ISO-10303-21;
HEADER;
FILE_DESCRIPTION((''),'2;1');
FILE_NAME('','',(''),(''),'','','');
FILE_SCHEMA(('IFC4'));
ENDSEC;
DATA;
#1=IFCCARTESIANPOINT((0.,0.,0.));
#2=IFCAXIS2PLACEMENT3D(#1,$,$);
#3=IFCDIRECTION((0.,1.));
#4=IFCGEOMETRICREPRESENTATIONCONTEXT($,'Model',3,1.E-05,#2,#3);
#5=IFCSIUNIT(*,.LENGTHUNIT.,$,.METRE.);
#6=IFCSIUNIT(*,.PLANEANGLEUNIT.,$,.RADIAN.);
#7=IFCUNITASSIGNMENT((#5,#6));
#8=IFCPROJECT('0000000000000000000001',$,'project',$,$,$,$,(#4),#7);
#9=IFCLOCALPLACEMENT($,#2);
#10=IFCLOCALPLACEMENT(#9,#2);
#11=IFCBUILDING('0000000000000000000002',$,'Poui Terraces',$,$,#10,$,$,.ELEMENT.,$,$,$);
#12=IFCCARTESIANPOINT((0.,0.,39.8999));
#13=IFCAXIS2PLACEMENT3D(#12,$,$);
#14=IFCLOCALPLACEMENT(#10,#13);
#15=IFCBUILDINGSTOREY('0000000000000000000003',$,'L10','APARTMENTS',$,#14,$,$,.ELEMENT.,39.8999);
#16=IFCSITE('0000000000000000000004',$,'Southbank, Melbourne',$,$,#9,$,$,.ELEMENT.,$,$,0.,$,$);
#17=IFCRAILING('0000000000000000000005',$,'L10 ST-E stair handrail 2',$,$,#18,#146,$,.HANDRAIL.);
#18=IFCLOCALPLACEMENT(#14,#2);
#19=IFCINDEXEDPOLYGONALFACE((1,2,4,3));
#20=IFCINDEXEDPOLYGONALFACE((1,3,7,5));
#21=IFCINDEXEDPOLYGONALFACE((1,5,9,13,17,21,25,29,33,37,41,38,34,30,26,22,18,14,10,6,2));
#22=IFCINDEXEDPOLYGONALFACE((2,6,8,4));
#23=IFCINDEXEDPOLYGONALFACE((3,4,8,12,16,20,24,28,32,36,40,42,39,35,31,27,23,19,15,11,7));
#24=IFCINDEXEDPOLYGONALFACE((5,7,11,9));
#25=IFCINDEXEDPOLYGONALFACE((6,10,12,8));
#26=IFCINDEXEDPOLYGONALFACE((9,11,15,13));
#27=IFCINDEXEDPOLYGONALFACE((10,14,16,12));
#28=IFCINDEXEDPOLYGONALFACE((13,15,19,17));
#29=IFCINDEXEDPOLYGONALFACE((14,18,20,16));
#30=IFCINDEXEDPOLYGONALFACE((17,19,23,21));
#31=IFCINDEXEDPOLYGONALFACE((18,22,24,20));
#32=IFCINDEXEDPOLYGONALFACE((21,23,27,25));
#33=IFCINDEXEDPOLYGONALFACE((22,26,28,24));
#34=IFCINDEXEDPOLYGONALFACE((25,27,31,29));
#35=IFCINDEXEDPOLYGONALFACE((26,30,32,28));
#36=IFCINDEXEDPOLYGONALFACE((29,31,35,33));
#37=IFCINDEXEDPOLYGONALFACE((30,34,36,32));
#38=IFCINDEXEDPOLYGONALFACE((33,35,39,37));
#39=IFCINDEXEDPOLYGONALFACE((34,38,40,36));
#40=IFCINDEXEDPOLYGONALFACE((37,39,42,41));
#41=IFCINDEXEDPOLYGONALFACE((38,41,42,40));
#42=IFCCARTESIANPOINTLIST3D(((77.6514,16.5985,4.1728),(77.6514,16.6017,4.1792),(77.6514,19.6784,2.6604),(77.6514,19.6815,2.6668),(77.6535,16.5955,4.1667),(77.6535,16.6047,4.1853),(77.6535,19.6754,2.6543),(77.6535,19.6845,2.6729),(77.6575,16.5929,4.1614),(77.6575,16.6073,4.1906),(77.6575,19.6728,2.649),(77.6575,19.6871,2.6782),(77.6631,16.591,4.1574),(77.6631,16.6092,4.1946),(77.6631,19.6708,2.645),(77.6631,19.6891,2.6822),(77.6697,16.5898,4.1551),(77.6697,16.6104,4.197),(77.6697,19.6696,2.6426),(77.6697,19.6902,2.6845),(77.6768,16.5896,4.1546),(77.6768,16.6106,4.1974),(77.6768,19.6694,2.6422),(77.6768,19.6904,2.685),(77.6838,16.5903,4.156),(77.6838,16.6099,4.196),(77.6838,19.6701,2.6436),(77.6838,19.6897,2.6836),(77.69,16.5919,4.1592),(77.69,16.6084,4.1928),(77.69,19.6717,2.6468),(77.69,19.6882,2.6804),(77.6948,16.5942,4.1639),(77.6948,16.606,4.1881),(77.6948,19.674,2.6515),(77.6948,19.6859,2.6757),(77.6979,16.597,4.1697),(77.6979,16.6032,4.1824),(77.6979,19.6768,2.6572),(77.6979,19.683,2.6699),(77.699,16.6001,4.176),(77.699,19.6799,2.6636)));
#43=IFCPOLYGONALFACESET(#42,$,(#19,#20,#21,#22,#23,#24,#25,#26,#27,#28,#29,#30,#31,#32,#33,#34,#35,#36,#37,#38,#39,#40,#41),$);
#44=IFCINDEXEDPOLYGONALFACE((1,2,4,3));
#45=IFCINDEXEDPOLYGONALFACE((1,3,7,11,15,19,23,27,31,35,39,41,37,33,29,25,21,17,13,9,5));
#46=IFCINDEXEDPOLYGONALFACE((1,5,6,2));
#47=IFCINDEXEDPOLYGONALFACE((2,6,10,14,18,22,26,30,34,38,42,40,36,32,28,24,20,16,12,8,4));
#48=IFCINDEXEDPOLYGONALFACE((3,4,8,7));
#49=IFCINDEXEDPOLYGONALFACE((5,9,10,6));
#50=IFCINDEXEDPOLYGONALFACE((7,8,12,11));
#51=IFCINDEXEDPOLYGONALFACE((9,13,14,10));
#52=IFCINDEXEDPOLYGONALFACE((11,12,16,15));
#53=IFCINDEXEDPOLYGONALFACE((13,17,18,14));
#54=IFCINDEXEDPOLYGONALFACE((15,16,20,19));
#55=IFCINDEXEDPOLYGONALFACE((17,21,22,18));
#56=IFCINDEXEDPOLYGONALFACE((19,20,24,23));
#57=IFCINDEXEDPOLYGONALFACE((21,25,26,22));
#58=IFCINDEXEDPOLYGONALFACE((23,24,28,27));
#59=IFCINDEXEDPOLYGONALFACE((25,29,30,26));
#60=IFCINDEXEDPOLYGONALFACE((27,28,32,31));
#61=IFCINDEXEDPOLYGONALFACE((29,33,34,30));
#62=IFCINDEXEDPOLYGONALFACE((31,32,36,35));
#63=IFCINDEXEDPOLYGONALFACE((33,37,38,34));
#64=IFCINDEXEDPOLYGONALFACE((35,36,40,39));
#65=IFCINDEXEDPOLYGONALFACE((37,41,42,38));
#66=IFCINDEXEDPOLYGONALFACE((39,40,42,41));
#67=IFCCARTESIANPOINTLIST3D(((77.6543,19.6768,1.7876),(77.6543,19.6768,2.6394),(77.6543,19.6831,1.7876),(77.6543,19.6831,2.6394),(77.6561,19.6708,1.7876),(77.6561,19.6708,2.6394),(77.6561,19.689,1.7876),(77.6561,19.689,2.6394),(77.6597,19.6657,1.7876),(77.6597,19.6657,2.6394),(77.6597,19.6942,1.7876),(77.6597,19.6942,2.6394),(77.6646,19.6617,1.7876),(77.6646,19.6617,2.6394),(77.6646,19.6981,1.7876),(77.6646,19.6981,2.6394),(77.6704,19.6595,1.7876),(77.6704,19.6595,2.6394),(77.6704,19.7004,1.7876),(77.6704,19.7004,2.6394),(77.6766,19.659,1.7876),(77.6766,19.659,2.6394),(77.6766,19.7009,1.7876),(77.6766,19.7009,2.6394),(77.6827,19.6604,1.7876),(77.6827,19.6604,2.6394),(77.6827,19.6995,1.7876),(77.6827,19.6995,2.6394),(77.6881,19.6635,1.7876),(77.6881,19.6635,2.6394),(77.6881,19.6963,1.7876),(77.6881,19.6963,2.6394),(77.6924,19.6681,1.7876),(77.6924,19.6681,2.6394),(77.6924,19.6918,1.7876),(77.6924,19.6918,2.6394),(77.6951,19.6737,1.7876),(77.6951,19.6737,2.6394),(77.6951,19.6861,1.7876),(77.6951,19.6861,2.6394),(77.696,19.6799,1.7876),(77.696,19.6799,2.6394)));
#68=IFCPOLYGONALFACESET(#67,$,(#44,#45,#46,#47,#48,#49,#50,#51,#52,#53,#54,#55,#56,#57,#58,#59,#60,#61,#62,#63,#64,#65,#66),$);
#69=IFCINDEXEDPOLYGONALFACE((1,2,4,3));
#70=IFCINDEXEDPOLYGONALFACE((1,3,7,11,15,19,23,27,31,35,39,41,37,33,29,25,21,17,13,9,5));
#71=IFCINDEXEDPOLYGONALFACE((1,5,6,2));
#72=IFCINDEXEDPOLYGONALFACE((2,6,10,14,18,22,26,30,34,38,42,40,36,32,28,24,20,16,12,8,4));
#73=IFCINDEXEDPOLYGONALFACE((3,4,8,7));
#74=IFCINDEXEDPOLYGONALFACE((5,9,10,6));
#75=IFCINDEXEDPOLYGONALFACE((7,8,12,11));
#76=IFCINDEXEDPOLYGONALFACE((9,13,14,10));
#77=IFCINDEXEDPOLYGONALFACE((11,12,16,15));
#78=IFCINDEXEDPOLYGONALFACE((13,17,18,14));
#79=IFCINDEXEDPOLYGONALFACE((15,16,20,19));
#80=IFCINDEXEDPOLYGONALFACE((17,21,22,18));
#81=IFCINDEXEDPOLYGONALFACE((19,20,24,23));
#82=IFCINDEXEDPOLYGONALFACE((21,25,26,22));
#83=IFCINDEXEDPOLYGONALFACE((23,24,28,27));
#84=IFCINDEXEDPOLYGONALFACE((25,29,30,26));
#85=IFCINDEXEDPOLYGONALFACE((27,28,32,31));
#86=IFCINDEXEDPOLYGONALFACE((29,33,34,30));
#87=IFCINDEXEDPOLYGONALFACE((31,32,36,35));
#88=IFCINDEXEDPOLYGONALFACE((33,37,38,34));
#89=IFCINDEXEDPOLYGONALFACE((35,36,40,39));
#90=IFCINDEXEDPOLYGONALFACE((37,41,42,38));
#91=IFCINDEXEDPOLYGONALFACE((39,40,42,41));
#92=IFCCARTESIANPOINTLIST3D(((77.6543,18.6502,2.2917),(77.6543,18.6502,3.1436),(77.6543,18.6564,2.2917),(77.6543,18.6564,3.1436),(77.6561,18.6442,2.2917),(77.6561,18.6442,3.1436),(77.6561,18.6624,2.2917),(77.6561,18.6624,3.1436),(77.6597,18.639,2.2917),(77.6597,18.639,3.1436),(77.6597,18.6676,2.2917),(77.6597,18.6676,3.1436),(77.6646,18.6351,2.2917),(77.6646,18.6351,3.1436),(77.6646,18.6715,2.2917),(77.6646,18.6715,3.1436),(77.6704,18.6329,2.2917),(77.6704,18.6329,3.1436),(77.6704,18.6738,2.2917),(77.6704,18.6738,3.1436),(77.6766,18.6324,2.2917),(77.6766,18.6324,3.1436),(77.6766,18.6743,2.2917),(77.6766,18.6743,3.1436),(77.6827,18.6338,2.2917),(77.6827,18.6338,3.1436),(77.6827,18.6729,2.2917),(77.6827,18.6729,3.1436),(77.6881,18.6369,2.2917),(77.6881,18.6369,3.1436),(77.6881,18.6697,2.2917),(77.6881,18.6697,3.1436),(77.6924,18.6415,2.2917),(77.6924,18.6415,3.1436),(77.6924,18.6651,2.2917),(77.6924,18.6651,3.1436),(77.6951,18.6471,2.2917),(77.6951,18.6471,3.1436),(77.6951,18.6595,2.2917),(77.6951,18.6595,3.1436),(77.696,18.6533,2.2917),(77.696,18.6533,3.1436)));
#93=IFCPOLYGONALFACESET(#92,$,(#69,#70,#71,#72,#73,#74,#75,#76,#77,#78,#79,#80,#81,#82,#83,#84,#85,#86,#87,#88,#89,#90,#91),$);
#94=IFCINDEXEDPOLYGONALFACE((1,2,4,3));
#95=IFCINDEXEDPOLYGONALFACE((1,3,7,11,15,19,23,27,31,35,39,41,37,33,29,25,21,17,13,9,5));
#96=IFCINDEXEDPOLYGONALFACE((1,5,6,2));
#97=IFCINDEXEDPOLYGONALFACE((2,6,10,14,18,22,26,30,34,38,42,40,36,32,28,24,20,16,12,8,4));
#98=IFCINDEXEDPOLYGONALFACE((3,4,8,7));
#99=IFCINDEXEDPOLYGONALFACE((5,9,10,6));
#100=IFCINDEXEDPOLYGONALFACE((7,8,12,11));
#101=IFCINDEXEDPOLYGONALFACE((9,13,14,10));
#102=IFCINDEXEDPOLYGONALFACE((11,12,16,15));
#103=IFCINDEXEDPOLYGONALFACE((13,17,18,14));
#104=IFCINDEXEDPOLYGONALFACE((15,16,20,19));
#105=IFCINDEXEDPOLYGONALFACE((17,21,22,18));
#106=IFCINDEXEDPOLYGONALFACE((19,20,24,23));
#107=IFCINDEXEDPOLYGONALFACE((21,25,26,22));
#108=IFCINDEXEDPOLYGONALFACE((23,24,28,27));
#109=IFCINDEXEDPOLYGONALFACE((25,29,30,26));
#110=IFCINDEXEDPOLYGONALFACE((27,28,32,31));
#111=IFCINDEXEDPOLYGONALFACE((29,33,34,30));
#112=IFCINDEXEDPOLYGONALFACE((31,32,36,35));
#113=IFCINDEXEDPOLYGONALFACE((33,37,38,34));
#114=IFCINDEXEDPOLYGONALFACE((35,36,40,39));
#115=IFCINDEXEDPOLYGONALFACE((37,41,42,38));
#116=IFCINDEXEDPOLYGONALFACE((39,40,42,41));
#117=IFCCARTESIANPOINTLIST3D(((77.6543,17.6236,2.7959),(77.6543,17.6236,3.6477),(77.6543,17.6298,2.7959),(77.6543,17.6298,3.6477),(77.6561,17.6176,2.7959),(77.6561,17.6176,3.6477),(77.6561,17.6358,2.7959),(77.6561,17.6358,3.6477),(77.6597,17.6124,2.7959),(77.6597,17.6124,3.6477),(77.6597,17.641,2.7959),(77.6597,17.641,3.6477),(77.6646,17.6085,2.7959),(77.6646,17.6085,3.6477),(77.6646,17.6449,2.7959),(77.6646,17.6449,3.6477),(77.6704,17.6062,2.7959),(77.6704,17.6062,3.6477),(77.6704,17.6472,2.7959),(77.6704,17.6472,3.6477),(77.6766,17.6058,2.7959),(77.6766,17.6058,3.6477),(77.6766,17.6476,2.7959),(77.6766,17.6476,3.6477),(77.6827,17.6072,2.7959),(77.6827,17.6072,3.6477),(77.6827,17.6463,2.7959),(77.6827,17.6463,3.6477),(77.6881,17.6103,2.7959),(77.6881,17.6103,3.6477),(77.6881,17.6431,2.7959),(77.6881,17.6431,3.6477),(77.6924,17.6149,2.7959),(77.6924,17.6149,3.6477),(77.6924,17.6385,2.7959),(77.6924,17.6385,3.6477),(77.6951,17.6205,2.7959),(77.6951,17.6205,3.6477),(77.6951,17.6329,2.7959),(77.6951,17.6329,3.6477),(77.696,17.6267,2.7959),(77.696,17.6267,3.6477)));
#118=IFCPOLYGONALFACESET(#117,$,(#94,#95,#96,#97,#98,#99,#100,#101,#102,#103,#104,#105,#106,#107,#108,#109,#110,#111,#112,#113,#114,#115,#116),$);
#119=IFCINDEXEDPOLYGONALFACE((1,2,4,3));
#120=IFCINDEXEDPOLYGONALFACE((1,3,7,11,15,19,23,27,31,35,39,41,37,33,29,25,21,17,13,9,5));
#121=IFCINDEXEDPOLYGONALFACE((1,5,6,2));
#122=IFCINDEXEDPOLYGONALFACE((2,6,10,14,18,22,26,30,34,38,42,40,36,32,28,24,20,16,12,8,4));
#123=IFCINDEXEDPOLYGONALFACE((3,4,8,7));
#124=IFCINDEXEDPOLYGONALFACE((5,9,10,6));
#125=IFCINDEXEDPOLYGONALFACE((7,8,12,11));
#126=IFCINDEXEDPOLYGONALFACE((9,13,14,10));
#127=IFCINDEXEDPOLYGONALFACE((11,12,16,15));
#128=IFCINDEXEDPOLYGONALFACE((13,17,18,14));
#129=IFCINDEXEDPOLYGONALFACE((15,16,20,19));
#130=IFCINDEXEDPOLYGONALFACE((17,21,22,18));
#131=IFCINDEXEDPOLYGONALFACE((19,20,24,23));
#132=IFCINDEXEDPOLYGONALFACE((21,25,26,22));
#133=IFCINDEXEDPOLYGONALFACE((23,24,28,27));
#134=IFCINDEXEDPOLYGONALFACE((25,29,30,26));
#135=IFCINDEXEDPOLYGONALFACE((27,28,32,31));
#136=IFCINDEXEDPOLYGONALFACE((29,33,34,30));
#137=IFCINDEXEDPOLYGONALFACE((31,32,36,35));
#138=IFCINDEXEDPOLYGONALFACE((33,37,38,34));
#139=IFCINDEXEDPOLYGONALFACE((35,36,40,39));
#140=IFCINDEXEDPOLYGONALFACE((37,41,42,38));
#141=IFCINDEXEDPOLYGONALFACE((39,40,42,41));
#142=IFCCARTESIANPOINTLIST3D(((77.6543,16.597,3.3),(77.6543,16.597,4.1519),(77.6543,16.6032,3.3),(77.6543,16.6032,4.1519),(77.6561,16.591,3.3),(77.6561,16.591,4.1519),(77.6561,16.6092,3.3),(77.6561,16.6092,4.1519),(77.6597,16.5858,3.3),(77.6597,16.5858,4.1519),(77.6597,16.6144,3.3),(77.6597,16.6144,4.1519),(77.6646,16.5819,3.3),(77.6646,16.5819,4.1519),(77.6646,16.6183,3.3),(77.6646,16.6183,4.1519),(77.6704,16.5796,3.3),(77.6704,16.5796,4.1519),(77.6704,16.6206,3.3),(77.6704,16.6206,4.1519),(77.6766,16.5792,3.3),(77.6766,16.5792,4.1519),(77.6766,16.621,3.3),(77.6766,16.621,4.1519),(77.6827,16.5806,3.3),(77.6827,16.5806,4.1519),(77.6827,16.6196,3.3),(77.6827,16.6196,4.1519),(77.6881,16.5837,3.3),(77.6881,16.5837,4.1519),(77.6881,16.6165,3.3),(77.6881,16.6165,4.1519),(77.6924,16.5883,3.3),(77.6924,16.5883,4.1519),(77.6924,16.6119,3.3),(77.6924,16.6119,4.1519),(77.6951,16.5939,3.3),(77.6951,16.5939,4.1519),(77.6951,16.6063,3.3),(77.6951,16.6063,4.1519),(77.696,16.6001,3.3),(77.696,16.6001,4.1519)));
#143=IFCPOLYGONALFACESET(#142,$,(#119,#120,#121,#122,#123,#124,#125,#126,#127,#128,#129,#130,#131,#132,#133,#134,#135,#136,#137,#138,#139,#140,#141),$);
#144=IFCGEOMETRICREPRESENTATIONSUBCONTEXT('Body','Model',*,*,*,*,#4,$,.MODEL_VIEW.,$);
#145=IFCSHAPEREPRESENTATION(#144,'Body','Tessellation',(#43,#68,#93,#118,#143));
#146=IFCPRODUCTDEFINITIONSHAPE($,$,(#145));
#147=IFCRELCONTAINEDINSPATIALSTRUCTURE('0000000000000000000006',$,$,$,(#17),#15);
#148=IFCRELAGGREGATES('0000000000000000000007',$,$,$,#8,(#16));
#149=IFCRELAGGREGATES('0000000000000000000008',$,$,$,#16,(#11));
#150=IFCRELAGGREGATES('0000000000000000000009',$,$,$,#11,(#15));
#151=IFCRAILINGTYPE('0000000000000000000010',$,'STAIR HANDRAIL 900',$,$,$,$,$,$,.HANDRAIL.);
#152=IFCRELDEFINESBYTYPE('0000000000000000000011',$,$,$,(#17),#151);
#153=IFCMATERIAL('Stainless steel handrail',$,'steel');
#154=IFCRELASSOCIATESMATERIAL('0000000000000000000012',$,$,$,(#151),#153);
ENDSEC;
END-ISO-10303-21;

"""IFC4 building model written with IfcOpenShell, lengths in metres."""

from ifc_helpers import new_model, si_unit, direction, frame, origin, origin_2d, place, context, subcontext, project, spatial, circle, extrude, material, type_object, element, save


model = new_model("IFC4")

# Units and contexts
model_context = context("Model", 3, precision=1e-05, world=origin(), true_north=direction((0.0, 1.0)))
body_context = subcontext(model_context, "Body", "Model", "MODEL_VIEW")
ifc_project = project(units=[si_unit("LENGTHUNIT", "METRE"), si_unit("PLANEANGLEUNIT", "RADIAN")], contexts=[model_context])

# Site, building, storey
site_placement = place(None, origin())
site = spatial("IfcSite", under=ifc_project, at=site_placement, Name="Southbank, Melbourne", CompositionType="ELEMENT", RefElevation=0.0)
building_placement = place(site_placement, origin())
building = spatial("IfcBuilding", under=site, at=building_placement, Name="Poui Terraces", CompositionType="ELEMENT")
storey_placement = place(building_placement, frame((0.0, 0.0, 39.8999)))
storey = spatial("IfcBuildingStorey", under=building, at=storey_placement, Name="L10", Description="APARTMENTS", CompositionType="ELEMENT", Elevation=39.8999)

# Railing
ifc_material_1 = material(Name="Stainless steel handrail", Category="steel")
railing_type_1 = type_object("IfcRailingType", Name="STAIR HANDRAIL 900", PredefinedType="HANDRAIL", material=ifc_material_1)
railing_1_placement = place(storey_placement, frame((77.675, 19.6799, 1.7876)))
element("IfcRailing", 1, at=railing_1_placement, inside=storey, type_object=railing_type_1, Name="L10 ST-E stair handrail 2", PredefinedType="HANDRAIL", context=body_context, shape_type="SweptSolid", body=[
    extrude(circle(Radius=0.0239, at=origin_2d()), frame((0.0, 0.0, 0.876), z_axis=(0.0, -0.897606, 0.440798), x_axis=(1.0, 0.0, 0.0)), (0.0, 0.0, 1.0), 3.4312),
    extrude(circle(Radius=0.021, at=origin_2d()), origin(), (0.0, 0.0, 1.0), 0.8518),
    extrude(circle(Radius=0.021, at=origin_2d()), frame((0.0, -1.0266, 0.5042)), (0.0, 0.0, 1.0), 0.8518),
    extrude(circle(Radius=0.021, at=origin_2d()), frame((0.0, -2.0532, 1.0083)), (0.0, 0.0, 1.0), 0.8518),
    extrude(circle(Radius=0.021, at=origin_2d()), frame((0.0, -3.0798, 1.5125)), (0.0, 0.0, 1.0), 0.8518),
])

save(model, "model.ifc")
